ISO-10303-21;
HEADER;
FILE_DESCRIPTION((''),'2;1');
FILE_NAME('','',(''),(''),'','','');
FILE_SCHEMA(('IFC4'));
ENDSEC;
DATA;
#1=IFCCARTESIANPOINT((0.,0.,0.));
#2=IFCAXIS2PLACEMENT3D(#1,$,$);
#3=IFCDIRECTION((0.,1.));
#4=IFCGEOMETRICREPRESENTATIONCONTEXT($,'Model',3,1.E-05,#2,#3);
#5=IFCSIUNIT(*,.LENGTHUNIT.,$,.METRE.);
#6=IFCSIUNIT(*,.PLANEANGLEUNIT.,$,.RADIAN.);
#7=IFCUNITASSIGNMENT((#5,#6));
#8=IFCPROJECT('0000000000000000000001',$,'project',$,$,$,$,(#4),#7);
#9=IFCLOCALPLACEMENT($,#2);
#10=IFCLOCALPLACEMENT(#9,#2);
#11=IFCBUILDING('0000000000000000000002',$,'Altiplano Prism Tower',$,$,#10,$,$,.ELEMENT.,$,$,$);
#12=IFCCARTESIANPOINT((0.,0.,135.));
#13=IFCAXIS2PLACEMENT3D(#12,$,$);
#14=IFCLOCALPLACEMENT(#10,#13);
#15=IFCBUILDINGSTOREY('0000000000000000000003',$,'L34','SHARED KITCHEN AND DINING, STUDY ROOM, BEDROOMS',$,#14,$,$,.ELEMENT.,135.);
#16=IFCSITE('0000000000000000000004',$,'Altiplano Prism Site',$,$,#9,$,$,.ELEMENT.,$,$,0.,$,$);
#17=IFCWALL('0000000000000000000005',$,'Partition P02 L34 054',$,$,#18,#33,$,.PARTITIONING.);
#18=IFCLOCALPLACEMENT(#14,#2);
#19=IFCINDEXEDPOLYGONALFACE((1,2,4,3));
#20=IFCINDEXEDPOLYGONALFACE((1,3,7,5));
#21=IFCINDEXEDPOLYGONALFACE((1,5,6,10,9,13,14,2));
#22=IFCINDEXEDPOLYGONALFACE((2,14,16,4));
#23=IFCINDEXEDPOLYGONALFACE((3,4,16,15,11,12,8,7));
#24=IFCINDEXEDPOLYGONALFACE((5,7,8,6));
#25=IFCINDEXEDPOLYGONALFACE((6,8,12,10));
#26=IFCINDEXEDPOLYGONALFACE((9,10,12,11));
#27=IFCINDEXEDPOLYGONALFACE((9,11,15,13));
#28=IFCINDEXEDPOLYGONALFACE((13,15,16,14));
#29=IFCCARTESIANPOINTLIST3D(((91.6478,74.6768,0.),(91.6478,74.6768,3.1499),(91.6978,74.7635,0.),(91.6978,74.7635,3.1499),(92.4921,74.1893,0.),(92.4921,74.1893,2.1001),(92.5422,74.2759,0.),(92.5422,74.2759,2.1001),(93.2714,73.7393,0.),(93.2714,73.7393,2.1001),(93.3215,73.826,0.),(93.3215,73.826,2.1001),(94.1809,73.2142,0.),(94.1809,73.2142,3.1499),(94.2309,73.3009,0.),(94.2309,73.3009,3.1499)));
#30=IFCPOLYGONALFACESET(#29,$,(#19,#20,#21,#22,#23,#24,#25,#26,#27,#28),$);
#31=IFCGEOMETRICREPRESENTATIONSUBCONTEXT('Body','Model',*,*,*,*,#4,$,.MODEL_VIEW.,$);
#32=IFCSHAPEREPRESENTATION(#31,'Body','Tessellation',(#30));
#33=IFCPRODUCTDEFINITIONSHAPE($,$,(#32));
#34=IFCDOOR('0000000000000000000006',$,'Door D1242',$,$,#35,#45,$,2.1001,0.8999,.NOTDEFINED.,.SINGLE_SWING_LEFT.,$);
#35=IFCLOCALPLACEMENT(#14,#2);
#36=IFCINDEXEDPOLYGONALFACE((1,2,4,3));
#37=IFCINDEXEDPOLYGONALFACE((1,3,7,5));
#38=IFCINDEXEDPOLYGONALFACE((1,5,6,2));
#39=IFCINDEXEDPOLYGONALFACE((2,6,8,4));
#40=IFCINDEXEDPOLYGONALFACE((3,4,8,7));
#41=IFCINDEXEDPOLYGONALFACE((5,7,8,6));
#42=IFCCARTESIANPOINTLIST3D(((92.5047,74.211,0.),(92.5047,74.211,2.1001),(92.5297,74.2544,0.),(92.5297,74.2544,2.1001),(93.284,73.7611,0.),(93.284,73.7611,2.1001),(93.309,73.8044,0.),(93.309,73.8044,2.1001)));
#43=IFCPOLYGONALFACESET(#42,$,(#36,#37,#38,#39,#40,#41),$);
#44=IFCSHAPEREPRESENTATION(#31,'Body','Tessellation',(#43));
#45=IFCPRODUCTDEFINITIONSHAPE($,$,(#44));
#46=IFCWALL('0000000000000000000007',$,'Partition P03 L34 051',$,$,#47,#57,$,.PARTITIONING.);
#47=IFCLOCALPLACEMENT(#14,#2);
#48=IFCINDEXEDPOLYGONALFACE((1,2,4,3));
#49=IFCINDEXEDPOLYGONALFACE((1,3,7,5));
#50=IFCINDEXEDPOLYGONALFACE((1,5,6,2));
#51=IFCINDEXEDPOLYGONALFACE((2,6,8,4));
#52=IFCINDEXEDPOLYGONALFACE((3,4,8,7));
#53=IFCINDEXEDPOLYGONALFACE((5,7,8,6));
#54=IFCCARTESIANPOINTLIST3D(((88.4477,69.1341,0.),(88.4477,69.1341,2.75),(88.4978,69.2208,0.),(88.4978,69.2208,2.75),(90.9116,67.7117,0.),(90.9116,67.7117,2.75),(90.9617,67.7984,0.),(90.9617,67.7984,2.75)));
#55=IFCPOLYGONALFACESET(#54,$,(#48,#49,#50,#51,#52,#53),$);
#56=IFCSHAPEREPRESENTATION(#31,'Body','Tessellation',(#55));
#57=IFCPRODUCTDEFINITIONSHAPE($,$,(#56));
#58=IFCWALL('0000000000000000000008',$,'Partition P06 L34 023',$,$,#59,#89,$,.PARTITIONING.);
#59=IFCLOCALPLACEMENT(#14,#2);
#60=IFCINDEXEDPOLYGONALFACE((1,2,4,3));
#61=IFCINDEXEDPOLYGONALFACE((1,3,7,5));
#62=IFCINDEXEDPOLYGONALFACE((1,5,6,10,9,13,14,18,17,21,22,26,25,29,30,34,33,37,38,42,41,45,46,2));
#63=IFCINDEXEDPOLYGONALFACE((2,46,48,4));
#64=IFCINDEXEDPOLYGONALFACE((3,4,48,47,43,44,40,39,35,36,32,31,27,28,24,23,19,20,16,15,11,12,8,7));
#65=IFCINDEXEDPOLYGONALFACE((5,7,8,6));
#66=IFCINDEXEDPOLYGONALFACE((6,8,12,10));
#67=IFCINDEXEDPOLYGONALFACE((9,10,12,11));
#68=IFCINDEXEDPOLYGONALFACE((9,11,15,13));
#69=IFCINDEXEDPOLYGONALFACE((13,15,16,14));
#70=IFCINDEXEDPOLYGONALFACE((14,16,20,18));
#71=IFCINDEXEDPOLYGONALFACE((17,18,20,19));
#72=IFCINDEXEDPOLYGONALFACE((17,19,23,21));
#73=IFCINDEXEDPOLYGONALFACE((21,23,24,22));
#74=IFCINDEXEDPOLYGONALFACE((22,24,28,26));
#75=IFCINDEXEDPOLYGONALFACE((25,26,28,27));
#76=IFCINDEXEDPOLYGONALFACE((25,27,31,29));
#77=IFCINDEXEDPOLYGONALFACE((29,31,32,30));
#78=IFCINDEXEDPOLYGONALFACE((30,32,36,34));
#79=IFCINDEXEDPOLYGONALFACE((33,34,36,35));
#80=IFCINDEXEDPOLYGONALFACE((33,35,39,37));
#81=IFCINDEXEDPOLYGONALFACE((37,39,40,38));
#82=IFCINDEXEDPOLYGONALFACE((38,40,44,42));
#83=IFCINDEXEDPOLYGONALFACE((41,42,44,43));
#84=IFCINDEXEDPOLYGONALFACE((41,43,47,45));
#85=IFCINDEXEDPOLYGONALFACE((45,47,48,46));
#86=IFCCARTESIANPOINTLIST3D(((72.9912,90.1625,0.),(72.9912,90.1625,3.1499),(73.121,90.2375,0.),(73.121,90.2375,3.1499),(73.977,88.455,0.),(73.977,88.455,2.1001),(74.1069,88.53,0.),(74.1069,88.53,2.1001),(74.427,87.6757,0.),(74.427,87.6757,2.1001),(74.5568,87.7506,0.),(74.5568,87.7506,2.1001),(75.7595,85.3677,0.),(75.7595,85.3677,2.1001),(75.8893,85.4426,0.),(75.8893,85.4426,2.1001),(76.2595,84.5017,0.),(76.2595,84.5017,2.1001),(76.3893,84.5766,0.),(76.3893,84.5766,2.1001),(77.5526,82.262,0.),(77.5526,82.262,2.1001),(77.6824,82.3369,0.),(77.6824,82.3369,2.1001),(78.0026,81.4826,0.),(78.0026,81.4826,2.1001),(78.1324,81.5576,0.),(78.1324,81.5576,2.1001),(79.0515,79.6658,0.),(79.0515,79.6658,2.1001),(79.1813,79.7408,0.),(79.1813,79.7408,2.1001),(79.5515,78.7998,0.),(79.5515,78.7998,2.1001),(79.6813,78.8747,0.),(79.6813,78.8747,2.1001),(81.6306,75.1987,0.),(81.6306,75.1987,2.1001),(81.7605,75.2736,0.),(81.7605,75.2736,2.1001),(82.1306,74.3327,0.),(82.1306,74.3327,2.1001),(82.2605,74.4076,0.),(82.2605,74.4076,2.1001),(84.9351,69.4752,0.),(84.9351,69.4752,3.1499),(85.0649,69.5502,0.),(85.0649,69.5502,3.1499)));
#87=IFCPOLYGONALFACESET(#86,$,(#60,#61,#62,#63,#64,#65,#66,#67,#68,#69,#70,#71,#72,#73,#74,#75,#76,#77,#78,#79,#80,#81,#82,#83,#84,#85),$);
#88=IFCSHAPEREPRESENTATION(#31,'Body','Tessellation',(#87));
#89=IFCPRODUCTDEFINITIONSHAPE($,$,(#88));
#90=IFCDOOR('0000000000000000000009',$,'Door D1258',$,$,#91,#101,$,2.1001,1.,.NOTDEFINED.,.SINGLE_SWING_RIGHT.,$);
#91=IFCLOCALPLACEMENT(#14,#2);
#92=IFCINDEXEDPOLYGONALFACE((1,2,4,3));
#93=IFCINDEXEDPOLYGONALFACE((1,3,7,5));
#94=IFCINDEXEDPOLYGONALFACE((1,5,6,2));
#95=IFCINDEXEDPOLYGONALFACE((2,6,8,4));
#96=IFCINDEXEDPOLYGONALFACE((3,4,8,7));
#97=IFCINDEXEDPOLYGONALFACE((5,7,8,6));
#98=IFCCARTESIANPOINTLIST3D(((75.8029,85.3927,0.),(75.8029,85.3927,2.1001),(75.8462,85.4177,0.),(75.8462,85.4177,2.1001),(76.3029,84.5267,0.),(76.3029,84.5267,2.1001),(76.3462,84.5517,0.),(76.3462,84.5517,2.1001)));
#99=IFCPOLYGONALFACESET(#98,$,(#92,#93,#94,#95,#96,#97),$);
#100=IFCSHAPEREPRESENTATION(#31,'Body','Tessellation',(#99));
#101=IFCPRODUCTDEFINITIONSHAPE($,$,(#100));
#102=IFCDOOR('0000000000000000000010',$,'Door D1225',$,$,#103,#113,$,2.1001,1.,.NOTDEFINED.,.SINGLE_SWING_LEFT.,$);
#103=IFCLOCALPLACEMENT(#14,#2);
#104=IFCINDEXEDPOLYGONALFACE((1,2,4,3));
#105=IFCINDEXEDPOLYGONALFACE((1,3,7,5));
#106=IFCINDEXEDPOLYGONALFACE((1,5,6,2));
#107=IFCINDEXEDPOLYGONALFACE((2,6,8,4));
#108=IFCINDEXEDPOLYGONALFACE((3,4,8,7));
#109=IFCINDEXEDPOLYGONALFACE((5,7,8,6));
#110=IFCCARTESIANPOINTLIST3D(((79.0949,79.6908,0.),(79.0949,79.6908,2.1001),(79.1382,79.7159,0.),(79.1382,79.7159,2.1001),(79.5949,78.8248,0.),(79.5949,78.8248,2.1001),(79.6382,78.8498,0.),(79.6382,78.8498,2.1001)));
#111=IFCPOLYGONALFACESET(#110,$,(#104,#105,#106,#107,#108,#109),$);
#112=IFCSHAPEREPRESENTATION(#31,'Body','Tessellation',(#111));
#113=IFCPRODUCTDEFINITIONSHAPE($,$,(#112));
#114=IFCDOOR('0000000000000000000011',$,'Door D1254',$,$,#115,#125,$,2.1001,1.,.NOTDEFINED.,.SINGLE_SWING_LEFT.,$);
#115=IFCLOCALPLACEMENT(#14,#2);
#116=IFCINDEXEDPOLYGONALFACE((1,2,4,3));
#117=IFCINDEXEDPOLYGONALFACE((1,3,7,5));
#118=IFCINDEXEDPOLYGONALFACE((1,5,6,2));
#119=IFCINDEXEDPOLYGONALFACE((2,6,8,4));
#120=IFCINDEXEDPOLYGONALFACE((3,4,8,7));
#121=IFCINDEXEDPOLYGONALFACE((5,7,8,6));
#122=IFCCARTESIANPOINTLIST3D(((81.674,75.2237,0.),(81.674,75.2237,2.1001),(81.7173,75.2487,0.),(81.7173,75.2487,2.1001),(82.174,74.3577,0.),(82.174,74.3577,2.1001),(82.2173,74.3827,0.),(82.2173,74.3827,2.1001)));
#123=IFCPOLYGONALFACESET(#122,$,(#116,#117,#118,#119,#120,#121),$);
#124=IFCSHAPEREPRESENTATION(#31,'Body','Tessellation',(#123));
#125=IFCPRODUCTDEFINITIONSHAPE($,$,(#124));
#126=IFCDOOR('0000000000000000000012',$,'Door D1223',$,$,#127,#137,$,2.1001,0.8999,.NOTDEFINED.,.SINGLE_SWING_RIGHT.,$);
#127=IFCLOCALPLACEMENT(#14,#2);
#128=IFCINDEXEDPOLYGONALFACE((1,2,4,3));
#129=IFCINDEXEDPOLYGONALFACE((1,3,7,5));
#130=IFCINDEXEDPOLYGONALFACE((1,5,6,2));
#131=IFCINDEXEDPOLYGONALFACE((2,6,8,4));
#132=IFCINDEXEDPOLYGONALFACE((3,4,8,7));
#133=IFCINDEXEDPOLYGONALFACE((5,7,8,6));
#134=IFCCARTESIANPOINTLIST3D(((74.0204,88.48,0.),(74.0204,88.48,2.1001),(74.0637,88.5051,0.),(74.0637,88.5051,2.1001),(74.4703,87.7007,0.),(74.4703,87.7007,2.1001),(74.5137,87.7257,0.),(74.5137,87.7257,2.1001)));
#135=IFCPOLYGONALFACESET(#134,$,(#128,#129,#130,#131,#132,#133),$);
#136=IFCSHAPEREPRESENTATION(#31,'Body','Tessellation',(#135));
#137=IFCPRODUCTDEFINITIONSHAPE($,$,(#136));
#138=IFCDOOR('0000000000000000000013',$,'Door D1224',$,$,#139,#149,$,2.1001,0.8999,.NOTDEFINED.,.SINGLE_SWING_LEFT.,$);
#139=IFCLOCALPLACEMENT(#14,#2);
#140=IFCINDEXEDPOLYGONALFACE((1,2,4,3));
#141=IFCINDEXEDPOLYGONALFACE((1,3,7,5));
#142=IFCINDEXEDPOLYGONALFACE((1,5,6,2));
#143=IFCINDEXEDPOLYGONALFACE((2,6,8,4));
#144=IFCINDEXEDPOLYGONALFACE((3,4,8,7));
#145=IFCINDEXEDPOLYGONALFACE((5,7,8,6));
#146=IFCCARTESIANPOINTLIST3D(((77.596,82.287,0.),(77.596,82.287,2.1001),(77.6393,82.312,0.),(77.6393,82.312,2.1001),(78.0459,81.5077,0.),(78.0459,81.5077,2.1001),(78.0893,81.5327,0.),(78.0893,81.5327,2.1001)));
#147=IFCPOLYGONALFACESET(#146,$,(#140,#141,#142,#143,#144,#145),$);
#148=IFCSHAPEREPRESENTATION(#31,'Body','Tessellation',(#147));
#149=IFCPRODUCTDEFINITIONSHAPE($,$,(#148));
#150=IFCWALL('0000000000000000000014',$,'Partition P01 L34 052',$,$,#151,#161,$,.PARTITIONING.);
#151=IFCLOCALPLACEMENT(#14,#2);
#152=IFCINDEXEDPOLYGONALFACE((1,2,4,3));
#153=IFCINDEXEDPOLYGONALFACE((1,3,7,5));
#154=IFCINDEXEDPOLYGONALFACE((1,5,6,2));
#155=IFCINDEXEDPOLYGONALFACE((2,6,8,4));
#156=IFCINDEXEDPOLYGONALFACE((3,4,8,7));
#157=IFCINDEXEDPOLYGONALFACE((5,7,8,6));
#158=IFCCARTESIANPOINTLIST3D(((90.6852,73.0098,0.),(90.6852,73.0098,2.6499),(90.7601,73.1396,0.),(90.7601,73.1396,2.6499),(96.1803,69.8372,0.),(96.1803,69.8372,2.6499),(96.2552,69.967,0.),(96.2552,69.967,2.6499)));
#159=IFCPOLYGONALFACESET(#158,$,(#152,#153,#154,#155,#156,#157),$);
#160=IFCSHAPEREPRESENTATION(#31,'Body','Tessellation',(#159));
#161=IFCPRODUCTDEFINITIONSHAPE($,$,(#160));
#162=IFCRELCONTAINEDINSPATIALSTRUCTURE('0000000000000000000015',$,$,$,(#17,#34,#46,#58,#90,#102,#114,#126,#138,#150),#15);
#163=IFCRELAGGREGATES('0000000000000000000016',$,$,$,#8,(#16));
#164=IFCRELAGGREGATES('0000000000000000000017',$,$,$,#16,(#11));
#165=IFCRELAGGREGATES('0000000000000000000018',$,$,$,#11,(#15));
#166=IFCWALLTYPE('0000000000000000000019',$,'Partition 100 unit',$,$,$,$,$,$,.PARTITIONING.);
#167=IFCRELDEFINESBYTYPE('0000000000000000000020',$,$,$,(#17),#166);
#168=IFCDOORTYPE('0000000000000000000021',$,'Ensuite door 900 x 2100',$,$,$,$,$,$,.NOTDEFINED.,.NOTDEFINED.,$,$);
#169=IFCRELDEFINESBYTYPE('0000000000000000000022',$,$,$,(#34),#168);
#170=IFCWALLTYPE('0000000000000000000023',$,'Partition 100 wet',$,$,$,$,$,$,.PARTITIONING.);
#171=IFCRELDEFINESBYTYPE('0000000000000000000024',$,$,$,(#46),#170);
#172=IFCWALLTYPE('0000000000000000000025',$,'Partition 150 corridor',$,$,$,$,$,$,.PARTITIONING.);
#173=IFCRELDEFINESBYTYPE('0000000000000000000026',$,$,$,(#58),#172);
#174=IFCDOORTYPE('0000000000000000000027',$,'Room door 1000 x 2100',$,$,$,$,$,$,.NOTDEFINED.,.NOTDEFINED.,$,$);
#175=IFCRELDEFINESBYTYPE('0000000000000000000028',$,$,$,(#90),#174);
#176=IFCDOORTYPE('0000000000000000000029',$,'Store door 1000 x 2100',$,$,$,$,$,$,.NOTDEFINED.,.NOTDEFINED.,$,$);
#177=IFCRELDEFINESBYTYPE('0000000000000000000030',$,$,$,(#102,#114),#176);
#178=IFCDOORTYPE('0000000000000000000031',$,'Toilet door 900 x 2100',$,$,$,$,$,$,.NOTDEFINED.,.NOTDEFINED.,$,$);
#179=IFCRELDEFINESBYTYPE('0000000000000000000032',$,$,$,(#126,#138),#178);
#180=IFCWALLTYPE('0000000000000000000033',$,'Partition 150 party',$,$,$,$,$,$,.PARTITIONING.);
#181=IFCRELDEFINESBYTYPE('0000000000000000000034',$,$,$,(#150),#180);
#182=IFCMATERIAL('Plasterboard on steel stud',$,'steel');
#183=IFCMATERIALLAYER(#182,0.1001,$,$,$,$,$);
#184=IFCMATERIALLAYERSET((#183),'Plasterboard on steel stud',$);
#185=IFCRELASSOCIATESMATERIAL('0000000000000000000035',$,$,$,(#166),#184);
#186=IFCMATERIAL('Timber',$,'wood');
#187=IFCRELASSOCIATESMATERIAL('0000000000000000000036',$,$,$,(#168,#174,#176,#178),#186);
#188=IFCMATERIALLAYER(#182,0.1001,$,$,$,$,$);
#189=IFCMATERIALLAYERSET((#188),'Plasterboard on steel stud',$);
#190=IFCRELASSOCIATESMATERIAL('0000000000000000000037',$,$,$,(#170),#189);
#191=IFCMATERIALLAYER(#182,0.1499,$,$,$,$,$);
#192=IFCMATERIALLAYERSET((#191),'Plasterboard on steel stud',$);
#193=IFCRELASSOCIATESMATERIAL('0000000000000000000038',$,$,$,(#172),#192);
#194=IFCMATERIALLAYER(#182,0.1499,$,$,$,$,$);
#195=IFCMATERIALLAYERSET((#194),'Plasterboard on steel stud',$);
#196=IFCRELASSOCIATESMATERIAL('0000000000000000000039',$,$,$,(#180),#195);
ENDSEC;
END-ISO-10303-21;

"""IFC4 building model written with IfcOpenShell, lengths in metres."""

from ifc_helpers import new_model, si_unit, direction, frame, frame_2d, origin, place, context, subcontext, project, spatial, rectangle, extrude, material, layer, layer_set, type_object, element, fill, save


model = new_model("IFC4")

# Units and contexts
model_context = context("Model", 3, precision=1e-05, world=origin(), true_north=direction((0.0, 1.0)))
body_context = subcontext(model_context, "Body", "Model", "MODEL_VIEW")
ifc_project = project(units=[si_unit("LENGTHUNIT", "METRE"), si_unit("PLANEANGLEUNIT", "RADIAN")], contexts=[model_context])

# Site, building, storey
site_placement = place(None, origin())
site = spatial("IfcSite", under=ifc_project, at=site_placement, Name="Altiplano Prism Site", CompositionType="ELEMENT", RefElevation=0.0)
building_placement = place(site_placement, origin())
building = spatial("IfcBuilding", under=site, at=building_placement, Name="Altiplano Prism Tower", CompositionType="ELEMENT")
storey_placement = place(building_placement, frame((0.0, 0.0, 135.0)))
storey = spatial("IfcBuildingStorey", under=building, at=storey_placement, Name="L34", Description="SHARED KITCHEN AND DINING, STUDY ROOM, BEDROOMS", CompositionType="ELEMENT", Elevation=135.0)

# Shared definitions
ifc_material_1 = material(Name="Plasterboard on steel stud", Category="steel")
ifc_layer_1 = layer(ifc_material_1, 0.1001)
ifc_layer_set_1 = layer_set([ifc_layer_1], Name="Plasterboard on steel stud")
wall_type_1 = type_object("IfcWallType", Name="Partition 100 unit", PredefinedType="PARTITIONING", material=ifc_layer_set_1)

# Wall, opening, door
wall_1_placement = place(storey_placement, frame((94.2058, 73.2576, 0.0), z_axis=(0.0, 0.0, 1.0), x_axis=(-0.86601, 0.500026, 0.0)))
wall_1 = element("IfcWall", 1, at=wall_1_placement, inside=storey, type_object=wall_type_1, Name="Partition P02 L34 054", PredefinedType="PARTITIONING", context=body_context, shape_type="SweptSolid", body=[
    extrude(rectangle(XDim=2.925, YDim=0.1001, at=frame_2d((1.4624, 0.0))), origin(), (0.0, 0.0, 1.0), 3.1499),
])
opening_1_placement = place(wall_1_placement, frame((1.05, 0.0, 0.0)))
opening_1 = element("IfcOpeningElement", 2, at=opening_1_placement, cuts=wall_1, PredefinedType="OPENING", context=body_context, shape_type="SweptSolid", body=[
    extrude(rectangle(XDim=0.8999, YDim=2.1001, at=frame_2d((0.45, 1.05))), frame((0.0, 0.0605, 0.0), z_axis=(0.0, -1.0, 0.0), x_axis=(1.0, 0.0, 0.0)), (0.0, 0.0, 1.0), 0.1211),
])
ifc_material_2 = material(Name="Timber", Category="wood")
door_type_1 = type_object("IfcDoorType", Name="Ensuite door 900 x 2100", OperationType="NOTDEFINED", PredefinedType="NOTDEFINED", material=ifc_material_2)
door_1_placement = place(opening_1_placement, origin())
door_1 = element("IfcDoor", 3, at=door_1_placement, inside=storey, type_object=door_type_1, Name="Door D1242", OperationType="SINGLE_SWING_LEFT", OverallHeight=2.1001, OverallWidth=0.8999, PredefinedType="NOTDEFINED", context=body_context, shape_type="SweptSolid", body=[
    extrude(rectangle(XDim=0.8999, YDim=2.1001, at=frame_2d((0.45, 1.05))), frame((0.0, 0.0249, 0.0), z_axis=(0.0, -1.0, 0.0), x_axis=(1.0, 0.0, 0.0)), (0.0, 0.0, 1.0), 0.05),
])
fill(opening_1, door_1)

# Wall
ifc_layer_2 = layer(ifc_material_1, 0.1001)
ifc_layer_set_2 = layer_set([ifc_layer_2], Name="Plasterboard on steel stud")
wall_type_2 = type_object("IfcWallType", Name="Partition 100 wet", PredefinedType="PARTITIONING", material=ifc_layer_set_2)
wall_2_placement = place(storey_placement, frame((90.9365, 67.7551, 0.0), z_axis=(0.0, 0.0, 1.0), x_axis=(-0.866048, 0.49996, 0.0)))
element("IfcWall", 4, at=wall_2_placement, inside=storey, type_object=wall_type_2, Name="Partition P03 L34 051", PredefinedType="PARTITIONING", context=body_context, shape_type="SweptSolid", body=[
    extrude(rectangle(XDim=2.845, YDim=0.1001, at=frame_2d((1.4224, 0.0))), origin(), (0.0, 0.0, 1.0), 2.75),
])

# Wall, openings, doors
ifc_layer_3 = layer(ifc_material_1, 0.1499)
ifc_layer_set_3 = layer_set([ifc_layer_3], Name="Plasterboard on steel stud")
wall_type_3 = type_object("IfcWallType", Name="Partition 150 corridor", PredefinedType="PARTITIONING", material=ifc_layer_set_3)
wall_3_placement = place(storey_placement, frame((85.0, 69.5127, 0.0), z_axis=(0.0, 0.0, 1.0), x_axis=(-0.500002, 0.866024, 0.0)))
wall_3 = element("IfcWall", 5, at=wall_3_placement, inside=storey, type_object=wall_type_3, Name="Partition P06 L34 023", PredefinedType="PARTITIONING", context=body_context, shape_type="SweptSolid", body=[
    extrude(rectangle(XDim=23.8877, YDim=0.1499, at=frame_2d((11.9438, 0.0))), origin(), (0.0, 0.0, 1.0), 3.1499),
])
opening_2_placement = place(wall_3_placement, frame((21.0161, 0.0, 0.0)))
opening_2 = element("IfcOpeningElement", 6, at=opening_2_placement, cuts=wall_3, PredefinedType="OPENING", context=body_context, shape_type="SweptSolid", body=[
    extrude(rectangle(XDim=0.8999, YDim=2.1001, at=frame_2d((0.45, 1.05))), frame((0.0, 0.0854, 0.0), z_axis=(0.0, -1.0, 0.0), x_axis=(1.0, 0.0, 0.0)), (0.0, 0.0, 1.0), 0.1709),
])
opening_3_placement = place(wall_3_placement, frame((13.865, 0.0, 0.0)))
opening_3 = element("IfcOpeningElement", 7, at=opening_3_placement, cuts=wall_3, PredefinedType="OPENING", context=body_context, shape_type="SweptSolid", body=[
    extrude(rectangle(XDim=0.8999, YDim=2.1001, at=frame_2d((0.45, 1.05))), frame((0.0, 0.0854, 0.0), z_axis=(0.0, -1.0, 0.0), x_axis=(1.0, 0.0, 0.0)), (0.0, 0.0, 1.0), 0.1709),
])
opening_4_placement = place(wall_3_placement, frame((10.7671, 0.0, 0.0)))
opening_4 = element("IfcOpeningElement", 8, at=opening_4_placement, cuts=wall_3, PredefinedType="OPENING", context=body_context, shape_type="SweptSolid", body=[
    extrude(rectangle(XDim=1.0, YDim=2.1001, at=frame_2d((0.5, 1.05))), frame((0.0, 0.0854, 0.0), z_axis=(0.0, -1.0, 0.0), x_axis=(1.0, 0.0, 0.0)), (0.0, 0.0, 1.0), 0.1709),
])
opening_5_placement = place(wall_3_placement, frame((5.6089, 0.0, 0.0)))
opening_5 = element("IfcOpeningElement", 9, at=opening_5_placement, cuts=wall_3, PredefinedType="OPENING", context=body_context, shape_type="SweptSolid", body=[
    extrude(rectangle(XDim=1.0, YDim=2.1001, at=frame_2d((0.5, 1.05))), frame((0.0, 0.0854, 0.0), z_axis=(0.0, -1.0, 0.0), x_axis=(1.0, 0.0, 0.0)), (0.0, 0.0, 1.0), 0.1709),
])
opening_6_placement = place(wall_3_placement, frame((17.3511, 0.0, 0.0)))
opening_6 = element("IfcOpeningElement", 10, at=opening_6_placement, cuts=wall_3, PredefinedType="OPENING", context=body_context, shape_type="SweptSolid", body=[
    extrude(rectangle(XDim=1.0, YDim=2.1001, at=frame_2d((0.5, 1.05))), frame((0.0, 0.0854, 0.0), z_axis=(0.0, -1.0, 0.0), x_axis=(1.0, 0.0, 0.0)), (0.0, 0.0, 1.0), 0.1709),
])
door_type_2 = type_object("IfcDoorType", Name="Room door 1000 x 2100", OperationType="NOTDEFINED", PredefinedType="NOTDEFINED", material=ifc_material_2)
door_2_placement = place(opening_6_placement, origin())
door_2 = element("IfcDoor", 11, at=door_2_placement, inside=storey, type_object=door_type_2, Name="Door D1258", OperationType="SINGLE_SWING_RIGHT", OverallHeight=2.1001, OverallWidth=1.0, PredefinedType="NOTDEFINED", context=body_context, shape_type="SweptSolid", body=[
    extrude(rectangle(XDim=1.0, YDim=2.1001, at=frame_2d((0.5, 1.05))), frame((0.0, 0.0249, 0.0), z_axis=(0.0, -1.0, 0.0), x_axis=(1.0, 0.0, 0.0)), (0.0, 0.0, 1.0), 0.05),
])
fill(opening_6, door_2)
door_type_3 = type_object("IfcDoorType", Name="Store door 1000 x 2100", OperationType="NOTDEFINED", PredefinedType="NOTDEFINED", material=ifc_material_2)
door_3_placement = place(opening_4_placement, origin())
door_3 = element("IfcDoor", 12, at=door_3_placement, inside=storey, type_object=door_type_3, Name="Door D1225", OperationType="SINGLE_SWING_LEFT", OverallHeight=2.1001, OverallWidth=1.0, PredefinedType="NOTDEFINED", context=body_context, shape_type="SweptSolid", body=[
    extrude(rectangle(XDim=1.0, YDim=2.1001, at=frame_2d((0.5, 1.05))), frame((0.0, 0.0249, 0.0), z_axis=(0.0, -1.0, 0.0), x_axis=(1.0, 0.0, 0.0)), (0.0, 0.0, 1.0), 0.05),
])
fill(opening_4, door_3)
door_4_placement = place(opening_5_placement, origin())
door_4 = element("IfcDoor", 13, at=door_4_placement, inside=storey, type_object=door_type_3, Name="Door D1254", OperationType="SINGLE_SWING_LEFT", OverallHeight=2.1001, OverallWidth=1.0, PredefinedType="NOTDEFINED", context=body_context, shape_type="SweptSolid", body=[
    extrude(rectangle(XDim=1.0, YDim=2.1001, at=frame_2d((0.5, 1.05))), frame((0.0, 0.0249, 0.0), z_axis=(0.0, -1.0, 0.0), x_axis=(1.0, 0.0, 0.0)), (0.0, 0.0, 1.0), 0.05),
])
fill(opening_5, door_4)
door_type_4 = type_object("IfcDoorType", Name="Toilet door 900 x 2100", OperationType="NOTDEFINED", PredefinedType="NOTDEFINED", material=ifc_material_2)
door_5_placement = place(opening_2_placement, origin())
door_5 = element("IfcDoor", 14, at=door_5_placement, inside=storey, type_object=door_type_4, Name="Door D1223", OperationType="SINGLE_SWING_RIGHT", OverallHeight=2.1001, OverallWidth=0.8999, PredefinedType="NOTDEFINED", context=body_context, shape_type="SweptSolid", body=[
    extrude(rectangle(XDim=0.8999, YDim=2.1001, at=frame_2d((0.45, 1.05))), frame((0.0, 0.0249, 0.0), z_axis=(0.0, -1.0, 0.0), x_axis=(1.0, 0.0, 0.0)), (0.0, 0.0, 1.0), 0.05),
])
fill(opening_2, door_5)
door_6_placement = place(opening_3_placement, origin())
door_6 = element("IfcDoor", 15, at=door_6_placement, inside=storey, type_object=door_type_4, Name="Door D1224", OperationType="SINGLE_SWING_LEFT", OverallHeight=2.1001, OverallWidth=0.8999, PredefinedType="NOTDEFINED", context=body_context, shape_type="SweptSolid", body=[
    extrude(rectangle(XDim=0.8999, YDim=2.1001, at=frame_2d((0.45, 1.05))), frame((0.0, 0.0249, 0.0), z_axis=(0.0, -1.0, 0.0), x_axis=(1.0, 0.0, 0.0)), (0.0, 0.0, 1.0), 0.05),
])
fill(opening_3, door_6)

# Wall
ifc_layer_4 = layer(ifc_material_1, 0.1499)
ifc_layer_set_4 = layer_set([ifc_layer_4], Name="Plasterboard on steel stud")
wall_type_4 = type_object("IfcWallType", Name="Partition 150 party", PredefinedType="PARTITIONING", material=ifc_layer_set_4)
wall_4_placement = place(storey_placement, frame((96.2178, 69.9021, 0.0), z_axis=(0.0, 0.0, 1.0), x_axis=(-0.866025, 0.5, 0.0)))
element("IfcWall", 16, at=wall_4_placement, inside=storey, type_object=wall_type_4, Name="Partition P01 L34 052", PredefinedType="PARTITIONING", context=body_context, shape_type="SweptSolid", body=[
    extrude(rectangle(XDim=6.3452, YDim=0.1499, at=frame_2d((3.1726, 0.0))), origin(), (0.0, 0.0, 1.0), 2.6499),
])

save(model, "model.ifc")
